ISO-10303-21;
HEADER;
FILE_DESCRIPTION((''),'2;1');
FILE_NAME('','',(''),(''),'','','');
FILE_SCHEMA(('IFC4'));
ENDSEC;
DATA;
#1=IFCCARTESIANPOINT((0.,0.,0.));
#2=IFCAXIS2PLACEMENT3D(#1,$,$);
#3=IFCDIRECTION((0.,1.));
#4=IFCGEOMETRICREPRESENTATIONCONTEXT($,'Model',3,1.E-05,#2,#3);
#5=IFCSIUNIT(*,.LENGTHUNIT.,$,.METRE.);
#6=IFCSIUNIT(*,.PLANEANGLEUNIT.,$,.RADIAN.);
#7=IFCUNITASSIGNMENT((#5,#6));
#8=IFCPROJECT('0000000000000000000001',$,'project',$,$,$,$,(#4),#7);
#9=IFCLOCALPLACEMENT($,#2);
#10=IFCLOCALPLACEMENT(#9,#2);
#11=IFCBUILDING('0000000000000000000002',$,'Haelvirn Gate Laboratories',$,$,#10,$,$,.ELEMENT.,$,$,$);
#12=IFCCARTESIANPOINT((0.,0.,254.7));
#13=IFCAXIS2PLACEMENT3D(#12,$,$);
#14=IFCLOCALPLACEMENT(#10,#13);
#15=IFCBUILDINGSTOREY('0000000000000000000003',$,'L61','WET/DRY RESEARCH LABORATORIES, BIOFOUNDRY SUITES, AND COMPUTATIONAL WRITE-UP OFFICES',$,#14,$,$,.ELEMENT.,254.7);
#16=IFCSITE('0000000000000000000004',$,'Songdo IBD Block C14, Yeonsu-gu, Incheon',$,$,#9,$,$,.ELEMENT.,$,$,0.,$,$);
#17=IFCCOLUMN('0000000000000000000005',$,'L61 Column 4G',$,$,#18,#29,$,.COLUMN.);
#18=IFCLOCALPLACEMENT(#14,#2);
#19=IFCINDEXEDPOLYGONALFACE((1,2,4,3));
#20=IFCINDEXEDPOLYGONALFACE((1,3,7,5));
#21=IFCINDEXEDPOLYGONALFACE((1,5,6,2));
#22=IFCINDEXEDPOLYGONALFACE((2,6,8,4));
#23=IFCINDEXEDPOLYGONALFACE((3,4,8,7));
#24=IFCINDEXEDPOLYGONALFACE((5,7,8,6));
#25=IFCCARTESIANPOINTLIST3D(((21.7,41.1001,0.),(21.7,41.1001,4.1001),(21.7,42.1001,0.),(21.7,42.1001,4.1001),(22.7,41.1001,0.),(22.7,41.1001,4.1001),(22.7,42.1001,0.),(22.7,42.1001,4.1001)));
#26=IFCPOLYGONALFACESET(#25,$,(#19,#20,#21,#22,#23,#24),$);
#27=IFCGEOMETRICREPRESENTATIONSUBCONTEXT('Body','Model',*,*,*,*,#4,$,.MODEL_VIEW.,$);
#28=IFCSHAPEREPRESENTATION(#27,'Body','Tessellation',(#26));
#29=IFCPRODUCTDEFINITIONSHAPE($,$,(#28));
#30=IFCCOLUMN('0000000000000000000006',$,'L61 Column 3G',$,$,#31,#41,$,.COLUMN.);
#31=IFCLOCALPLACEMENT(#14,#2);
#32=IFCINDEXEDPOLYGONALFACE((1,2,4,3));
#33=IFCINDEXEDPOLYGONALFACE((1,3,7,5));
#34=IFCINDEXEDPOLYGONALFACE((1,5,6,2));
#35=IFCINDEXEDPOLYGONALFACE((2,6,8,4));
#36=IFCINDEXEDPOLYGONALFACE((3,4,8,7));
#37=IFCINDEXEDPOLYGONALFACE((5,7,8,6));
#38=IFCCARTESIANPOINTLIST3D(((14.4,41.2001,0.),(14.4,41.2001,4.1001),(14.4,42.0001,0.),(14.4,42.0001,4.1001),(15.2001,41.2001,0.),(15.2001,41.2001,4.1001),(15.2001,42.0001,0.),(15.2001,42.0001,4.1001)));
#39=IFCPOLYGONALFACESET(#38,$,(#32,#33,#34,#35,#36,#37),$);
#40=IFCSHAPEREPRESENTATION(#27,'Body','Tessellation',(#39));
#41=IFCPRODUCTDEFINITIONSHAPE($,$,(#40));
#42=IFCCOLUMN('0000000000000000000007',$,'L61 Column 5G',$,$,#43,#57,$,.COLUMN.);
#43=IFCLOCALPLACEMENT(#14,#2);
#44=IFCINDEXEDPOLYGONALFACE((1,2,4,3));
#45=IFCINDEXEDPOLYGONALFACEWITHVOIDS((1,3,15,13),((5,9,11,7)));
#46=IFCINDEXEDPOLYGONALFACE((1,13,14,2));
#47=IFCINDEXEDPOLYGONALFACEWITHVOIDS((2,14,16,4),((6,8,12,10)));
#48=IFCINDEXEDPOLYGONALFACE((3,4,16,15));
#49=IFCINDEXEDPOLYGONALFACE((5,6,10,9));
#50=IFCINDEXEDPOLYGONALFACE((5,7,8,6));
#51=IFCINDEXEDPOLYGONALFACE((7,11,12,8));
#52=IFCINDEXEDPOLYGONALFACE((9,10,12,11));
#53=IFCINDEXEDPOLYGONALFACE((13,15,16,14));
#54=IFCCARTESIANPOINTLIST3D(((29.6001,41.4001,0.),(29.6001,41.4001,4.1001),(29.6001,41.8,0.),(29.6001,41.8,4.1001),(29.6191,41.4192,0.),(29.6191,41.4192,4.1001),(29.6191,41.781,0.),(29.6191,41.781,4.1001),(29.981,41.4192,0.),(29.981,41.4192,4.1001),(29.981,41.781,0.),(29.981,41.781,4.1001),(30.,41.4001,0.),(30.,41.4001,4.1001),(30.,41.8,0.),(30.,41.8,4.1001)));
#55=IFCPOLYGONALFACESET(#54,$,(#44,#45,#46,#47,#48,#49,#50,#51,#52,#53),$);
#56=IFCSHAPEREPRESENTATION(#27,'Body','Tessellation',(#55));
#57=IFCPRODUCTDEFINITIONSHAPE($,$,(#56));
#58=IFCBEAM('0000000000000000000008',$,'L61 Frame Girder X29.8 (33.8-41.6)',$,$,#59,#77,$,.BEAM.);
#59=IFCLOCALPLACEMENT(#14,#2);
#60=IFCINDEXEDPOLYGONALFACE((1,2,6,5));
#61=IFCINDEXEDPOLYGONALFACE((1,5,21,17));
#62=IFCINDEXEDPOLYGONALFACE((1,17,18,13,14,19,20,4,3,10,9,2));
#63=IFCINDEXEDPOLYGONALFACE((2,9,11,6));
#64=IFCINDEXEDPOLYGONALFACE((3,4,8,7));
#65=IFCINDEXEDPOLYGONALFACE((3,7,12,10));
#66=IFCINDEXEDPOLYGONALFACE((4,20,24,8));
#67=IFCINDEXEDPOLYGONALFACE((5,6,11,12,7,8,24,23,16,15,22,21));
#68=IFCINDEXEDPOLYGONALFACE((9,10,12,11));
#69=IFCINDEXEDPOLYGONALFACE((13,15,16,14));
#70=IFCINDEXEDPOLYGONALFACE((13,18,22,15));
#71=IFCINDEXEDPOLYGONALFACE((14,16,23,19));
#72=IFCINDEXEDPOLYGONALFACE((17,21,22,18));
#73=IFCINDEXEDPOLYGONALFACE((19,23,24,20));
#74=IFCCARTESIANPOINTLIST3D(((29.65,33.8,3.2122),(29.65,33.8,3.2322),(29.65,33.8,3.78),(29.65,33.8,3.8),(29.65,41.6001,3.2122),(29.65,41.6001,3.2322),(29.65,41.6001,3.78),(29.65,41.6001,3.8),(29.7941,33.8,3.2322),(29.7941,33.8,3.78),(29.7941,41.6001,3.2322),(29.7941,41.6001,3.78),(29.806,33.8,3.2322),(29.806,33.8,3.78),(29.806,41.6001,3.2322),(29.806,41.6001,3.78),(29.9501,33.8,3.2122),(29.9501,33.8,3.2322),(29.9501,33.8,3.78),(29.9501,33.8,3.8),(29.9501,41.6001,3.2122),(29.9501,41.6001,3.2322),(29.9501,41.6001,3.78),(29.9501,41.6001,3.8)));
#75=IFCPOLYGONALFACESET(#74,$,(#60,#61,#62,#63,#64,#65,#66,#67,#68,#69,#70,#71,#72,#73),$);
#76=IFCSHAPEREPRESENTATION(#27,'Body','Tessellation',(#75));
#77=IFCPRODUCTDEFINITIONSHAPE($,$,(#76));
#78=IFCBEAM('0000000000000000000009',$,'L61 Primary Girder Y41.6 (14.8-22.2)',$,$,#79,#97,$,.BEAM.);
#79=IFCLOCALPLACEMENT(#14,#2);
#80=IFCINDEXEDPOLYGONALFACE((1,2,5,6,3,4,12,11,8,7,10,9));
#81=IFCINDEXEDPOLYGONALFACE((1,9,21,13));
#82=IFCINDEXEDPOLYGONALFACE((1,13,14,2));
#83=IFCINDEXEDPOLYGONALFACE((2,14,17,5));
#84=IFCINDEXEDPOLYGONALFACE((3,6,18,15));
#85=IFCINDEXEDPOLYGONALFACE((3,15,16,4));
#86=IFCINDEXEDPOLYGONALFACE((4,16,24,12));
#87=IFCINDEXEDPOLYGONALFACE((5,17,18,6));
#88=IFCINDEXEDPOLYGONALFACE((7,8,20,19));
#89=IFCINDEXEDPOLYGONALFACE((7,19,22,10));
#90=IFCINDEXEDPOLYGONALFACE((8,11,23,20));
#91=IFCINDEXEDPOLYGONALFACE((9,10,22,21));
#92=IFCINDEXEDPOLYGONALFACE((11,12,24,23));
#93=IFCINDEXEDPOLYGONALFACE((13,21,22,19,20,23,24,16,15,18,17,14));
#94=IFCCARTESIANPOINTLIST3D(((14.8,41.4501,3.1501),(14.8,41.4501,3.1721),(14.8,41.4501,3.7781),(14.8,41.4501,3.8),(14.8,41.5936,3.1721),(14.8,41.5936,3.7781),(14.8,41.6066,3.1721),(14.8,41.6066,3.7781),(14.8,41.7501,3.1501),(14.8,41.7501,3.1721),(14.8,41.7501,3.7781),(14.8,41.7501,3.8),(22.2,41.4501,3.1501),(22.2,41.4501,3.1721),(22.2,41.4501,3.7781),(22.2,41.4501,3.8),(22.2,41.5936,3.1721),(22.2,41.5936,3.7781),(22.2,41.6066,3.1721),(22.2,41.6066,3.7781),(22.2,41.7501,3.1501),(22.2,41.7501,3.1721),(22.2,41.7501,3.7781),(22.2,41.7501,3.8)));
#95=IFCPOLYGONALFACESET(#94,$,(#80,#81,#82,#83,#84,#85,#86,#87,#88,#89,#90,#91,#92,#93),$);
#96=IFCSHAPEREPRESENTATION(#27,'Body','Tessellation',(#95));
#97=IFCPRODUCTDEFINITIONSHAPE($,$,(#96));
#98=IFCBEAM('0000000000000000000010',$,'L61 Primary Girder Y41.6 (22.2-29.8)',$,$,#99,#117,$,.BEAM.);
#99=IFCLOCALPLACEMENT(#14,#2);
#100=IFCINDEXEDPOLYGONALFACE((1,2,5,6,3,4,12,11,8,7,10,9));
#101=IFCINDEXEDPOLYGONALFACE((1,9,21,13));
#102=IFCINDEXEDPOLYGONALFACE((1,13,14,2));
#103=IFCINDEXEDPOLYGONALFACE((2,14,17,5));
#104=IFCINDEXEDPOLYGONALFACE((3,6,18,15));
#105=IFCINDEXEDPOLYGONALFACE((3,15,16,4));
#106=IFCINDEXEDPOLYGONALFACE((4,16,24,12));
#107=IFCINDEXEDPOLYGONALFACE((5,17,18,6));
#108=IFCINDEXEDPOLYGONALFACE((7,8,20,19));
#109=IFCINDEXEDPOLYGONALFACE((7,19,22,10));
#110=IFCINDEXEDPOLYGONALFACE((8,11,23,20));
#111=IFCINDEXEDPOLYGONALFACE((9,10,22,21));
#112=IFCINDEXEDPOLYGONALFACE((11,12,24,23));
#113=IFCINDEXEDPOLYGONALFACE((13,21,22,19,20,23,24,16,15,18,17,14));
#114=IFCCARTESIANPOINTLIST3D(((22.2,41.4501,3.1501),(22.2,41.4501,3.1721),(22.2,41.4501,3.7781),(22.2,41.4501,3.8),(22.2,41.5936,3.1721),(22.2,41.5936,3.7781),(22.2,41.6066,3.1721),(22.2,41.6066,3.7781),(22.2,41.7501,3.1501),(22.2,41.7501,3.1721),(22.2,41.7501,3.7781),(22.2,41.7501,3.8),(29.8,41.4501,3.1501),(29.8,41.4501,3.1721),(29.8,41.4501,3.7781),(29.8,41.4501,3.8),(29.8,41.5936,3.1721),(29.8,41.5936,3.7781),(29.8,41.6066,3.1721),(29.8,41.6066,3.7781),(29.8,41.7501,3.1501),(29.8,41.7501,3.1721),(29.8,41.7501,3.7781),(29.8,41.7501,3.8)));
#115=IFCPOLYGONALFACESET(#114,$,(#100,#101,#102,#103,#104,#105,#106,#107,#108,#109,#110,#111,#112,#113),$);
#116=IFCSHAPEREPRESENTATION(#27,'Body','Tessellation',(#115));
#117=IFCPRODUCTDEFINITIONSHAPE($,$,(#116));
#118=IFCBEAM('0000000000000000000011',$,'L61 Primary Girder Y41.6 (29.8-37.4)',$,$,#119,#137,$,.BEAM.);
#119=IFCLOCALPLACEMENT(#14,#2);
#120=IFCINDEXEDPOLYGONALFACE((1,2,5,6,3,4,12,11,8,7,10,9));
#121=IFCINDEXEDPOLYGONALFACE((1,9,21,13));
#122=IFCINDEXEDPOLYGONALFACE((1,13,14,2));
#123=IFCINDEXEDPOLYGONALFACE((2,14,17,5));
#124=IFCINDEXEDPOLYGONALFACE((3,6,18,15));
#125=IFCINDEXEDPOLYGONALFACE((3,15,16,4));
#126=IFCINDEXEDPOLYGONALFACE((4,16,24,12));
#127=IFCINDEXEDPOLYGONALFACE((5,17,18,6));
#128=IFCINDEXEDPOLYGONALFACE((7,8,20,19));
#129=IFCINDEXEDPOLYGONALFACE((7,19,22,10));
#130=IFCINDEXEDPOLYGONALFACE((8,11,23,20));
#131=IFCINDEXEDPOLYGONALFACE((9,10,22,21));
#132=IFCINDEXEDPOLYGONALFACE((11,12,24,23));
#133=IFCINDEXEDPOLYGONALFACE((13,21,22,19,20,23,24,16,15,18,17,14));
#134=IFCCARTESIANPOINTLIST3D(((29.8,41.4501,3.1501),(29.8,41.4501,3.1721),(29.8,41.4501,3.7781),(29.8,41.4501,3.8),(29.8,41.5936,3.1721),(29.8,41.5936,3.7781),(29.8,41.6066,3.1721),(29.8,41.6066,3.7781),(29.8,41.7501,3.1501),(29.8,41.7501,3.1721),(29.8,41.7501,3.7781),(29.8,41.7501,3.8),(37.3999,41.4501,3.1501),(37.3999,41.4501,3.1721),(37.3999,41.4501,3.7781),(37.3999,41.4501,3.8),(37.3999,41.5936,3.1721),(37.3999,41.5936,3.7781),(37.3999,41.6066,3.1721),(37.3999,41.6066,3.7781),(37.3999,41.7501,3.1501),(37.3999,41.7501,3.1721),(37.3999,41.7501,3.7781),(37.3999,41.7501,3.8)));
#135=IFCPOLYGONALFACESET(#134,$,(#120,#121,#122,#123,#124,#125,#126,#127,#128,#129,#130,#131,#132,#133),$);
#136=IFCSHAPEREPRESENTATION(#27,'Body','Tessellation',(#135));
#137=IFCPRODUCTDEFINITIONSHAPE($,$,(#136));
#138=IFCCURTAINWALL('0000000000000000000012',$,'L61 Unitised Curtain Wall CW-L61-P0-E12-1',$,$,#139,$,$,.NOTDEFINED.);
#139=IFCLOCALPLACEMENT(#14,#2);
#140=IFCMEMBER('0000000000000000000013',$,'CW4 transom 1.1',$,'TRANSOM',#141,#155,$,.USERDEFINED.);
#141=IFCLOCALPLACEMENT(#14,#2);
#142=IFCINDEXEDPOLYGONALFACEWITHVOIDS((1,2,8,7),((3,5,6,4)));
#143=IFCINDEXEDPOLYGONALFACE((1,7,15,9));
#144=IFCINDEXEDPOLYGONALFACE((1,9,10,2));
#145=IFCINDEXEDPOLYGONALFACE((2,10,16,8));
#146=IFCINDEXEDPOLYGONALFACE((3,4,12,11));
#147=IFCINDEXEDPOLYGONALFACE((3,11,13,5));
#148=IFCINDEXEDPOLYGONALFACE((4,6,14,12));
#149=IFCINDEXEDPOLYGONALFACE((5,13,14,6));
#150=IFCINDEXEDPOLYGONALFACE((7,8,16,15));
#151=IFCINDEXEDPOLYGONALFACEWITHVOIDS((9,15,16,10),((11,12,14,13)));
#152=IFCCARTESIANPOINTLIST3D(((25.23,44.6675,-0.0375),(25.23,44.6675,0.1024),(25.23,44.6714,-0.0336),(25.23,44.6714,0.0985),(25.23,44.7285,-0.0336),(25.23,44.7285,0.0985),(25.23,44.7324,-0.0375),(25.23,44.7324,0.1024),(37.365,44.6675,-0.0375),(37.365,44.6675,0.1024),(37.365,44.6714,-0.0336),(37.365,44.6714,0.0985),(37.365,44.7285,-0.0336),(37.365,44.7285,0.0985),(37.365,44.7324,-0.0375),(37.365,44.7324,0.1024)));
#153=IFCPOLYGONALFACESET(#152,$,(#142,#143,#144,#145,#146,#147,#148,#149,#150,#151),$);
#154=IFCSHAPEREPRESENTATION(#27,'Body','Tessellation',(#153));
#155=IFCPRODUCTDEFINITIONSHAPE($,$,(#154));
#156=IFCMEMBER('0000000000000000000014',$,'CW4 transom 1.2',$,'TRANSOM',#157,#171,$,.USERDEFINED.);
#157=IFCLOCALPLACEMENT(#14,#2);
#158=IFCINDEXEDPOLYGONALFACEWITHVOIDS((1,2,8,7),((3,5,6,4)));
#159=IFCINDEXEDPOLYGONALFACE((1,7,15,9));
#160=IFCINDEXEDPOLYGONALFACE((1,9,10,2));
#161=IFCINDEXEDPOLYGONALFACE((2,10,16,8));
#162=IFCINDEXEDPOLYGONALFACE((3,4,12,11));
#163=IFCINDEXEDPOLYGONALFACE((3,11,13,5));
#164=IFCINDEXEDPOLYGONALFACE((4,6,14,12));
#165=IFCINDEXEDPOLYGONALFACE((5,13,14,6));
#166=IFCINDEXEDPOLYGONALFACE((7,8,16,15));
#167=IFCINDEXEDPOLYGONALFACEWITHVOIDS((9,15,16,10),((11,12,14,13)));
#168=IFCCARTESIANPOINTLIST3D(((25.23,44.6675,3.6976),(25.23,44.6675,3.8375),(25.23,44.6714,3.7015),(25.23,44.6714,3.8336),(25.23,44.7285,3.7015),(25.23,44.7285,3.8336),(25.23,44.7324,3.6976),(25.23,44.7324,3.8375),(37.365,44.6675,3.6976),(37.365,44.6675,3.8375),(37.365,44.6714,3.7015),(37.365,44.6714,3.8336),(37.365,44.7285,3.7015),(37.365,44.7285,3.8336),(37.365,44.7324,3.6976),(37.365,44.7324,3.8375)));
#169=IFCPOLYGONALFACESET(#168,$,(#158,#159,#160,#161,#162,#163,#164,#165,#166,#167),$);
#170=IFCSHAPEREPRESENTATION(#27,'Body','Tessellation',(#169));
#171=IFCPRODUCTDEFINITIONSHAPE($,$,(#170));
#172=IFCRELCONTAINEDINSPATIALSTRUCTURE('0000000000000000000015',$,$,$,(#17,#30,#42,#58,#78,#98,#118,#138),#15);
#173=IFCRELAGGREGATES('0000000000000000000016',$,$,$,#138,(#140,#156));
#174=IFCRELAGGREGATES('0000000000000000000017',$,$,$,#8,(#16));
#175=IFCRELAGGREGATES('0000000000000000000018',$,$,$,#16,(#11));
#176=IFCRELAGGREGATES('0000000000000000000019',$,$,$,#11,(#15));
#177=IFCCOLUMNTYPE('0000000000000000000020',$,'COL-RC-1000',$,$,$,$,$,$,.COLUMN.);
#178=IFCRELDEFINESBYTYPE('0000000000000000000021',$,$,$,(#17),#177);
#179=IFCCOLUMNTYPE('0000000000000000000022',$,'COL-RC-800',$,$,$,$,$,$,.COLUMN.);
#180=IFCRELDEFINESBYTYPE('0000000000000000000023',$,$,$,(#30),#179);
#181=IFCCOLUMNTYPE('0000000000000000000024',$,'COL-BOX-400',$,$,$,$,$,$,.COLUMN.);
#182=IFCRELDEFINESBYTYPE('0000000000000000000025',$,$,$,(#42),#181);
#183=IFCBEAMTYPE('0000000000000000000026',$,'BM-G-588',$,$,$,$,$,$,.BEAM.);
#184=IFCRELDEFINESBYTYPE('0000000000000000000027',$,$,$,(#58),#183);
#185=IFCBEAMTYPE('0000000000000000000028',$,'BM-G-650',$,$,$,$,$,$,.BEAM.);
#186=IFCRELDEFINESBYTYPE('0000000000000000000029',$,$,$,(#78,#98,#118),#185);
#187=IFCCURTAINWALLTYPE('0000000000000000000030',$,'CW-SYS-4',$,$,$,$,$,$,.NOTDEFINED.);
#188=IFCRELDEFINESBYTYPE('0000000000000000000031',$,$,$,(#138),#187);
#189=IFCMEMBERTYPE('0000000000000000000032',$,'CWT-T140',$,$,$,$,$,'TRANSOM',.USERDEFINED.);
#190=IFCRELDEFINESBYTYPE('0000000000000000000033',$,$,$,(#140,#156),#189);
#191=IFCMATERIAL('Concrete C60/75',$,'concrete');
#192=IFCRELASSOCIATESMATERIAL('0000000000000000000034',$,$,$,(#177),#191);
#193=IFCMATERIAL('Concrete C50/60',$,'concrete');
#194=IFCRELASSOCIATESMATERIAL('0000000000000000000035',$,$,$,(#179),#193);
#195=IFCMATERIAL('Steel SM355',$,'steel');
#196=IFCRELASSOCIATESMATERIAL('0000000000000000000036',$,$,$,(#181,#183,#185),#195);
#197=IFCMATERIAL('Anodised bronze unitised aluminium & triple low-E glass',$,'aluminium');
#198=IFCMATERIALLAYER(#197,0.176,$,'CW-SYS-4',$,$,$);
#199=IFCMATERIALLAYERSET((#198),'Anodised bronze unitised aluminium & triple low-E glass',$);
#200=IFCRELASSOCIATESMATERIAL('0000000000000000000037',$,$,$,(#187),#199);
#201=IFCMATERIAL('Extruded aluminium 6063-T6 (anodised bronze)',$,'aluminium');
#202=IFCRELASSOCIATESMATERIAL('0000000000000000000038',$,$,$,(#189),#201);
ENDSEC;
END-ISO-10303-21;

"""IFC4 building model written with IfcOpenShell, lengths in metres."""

from ifc_helpers import new_model, si_unit, direction, frame, origin, origin_2d, place, context, subcontext, project, spatial, rectangle, hollow_rectangle, i_section, extrude, source, transform, mapped, material, layer, layer_set, material_profile, profile_set, type_object, type_shapes, element, aggregate, save


model = new_model("IFC4")

# Units and contexts
model_context = context("Model", 3, precision=1e-05, world=origin(), true_north=direction((0.0, 1.0)))
body_context = subcontext(model_context, "Body", "Model", "MODEL_VIEW")
ifc_project = project(units=[si_unit("LENGTHUNIT", "METRE"), si_unit("PLANEANGLEUNIT", "RADIAN")], contexts=[model_context])

# Site, building, storey
site_placement = place(None, origin())
site = spatial("IfcSite", under=ifc_project, at=site_placement, Name="Songdo IBD Block C14, Yeonsu-gu, Incheon", CompositionType="ELEMENT", RefElevation=0.0)
building_placement = place(site_placement, origin())
building = spatial("IfcBuilding", under=site, at=building_placement, Name="Haelvirn Gate Laboratories", CompositionType="ELEMENT")
storey_placement = place(building_placement, frame((0.0, 0.0, 254.7)))
storey = spatial("IfcBuildingStorey", under=building, at=storey_placement, Name="L61", Description="WET/DRY RESEARCH LABORATORIES, BIOFOUNDRY SUITES, AND COMPUTATIONAL WRITE-UP OFFICES", CompositionType="ELEMENT", Elevation=254.7)

# Columns
ifc_material_1 = material(Name="Concrete C60/75", Category="concrete")
ifc_material_profile_1 = material_profile(ifc_material_1, rectangle(XDim=1.0, YDim=1.0, at=origin_2d()), Name="RC-1000x1000")
ifc_profile_set_1 = profile_set([ifc_material_profile_1], Name="Concrete C60/75")
column_type_1 = type_object("IfcColumnType", Name="COL-RC-1000", PredefinedType="COLUMN", material=ifc_profile_set_1)
shared_shape_1 = source(origin(), body_context, "Body", "SweptSolid", [
    extrude(rectangle(XDim=1.0, YDim=1.0, at=origin_2d()), origin(), (0.0, 0.0, 1.0), 4.1001),
])
type_shapes(column_type_1, [shared_shape_1])
column_1_placement = place(storey_placement, frame((22.2, 41.6001, 0.0), z_axis=(0.0, 0.0, 1.0), x_axis=(1.0, 0.0, 0.0)))
element("IfcColumn", 1, at=column_1_placement, inside=storey, type_object=column_type_1, Name="L61 Column 4G", PredefinedType="COLUMN", context=body_context, shape_type="MappedRepresentation", body=[
    mapped(shared_shape_1, transform((0.0, 0.0, 0.0), scale=1.0)),
])
ifc_material_2 = material(Name="Concrete C50/60", Category="concrete")
ifc_material_profile_2 = material_profile(ifc_material_2, rectangle(XDim=0.8, YDim=0.8, at=origin_2d()), Name="RC-800x800")
ifc_profile_set_2 = profile_set([ifc_material_profile_2], Name="Concrete C50/60")
column_type_2 = type_object("IfcColumnType", Name="COL-RC-800", PredefinedType="COLUMN", material=ifc_profile_set_2)
shared_shape_2 = source(origin(), body_context, "Body", "SweptSolid", [
    extrude(rectangle(XDim=0.8, YDim=0.8, at=origin_2d()), origin(), (0.0, 0.0, 1.0), 4.1001),
])
type_shapes(column_type_2, [shared_shape_2])
column_2_placement = place(storey_placement, frame((14.8, 41.6001, 0.0), z_axis=(0.0, 0.0, 1.0), x_axis=(1.0, 0.0, 0.0)))
element("IfcColumn", 2, at=column_2_placement, inside=storey, type_object=column_type_2, Name="L61 Column 3G", PredefinedType="COLUMN", context=body_context, shape_type="MappedRepresentation", body=[
    mapped(shared_shape_2, transform((0.0, 0.0, 0.0), scale=1.0)),
])
ifc_material_3 = material(Name="Steel SM355", Category="steel")
ifc_material_profile_3 = material_profile(ifc_material_3, hollow_rectangle(XDim=0.3999, YDim=0.3999, WallThickness=0.019, at=origin_2d()), Name="BOX-400x400x19")
ifc_profile_set_3 = profile_set([ifc_material_profile_3], Name="Steel SM355")
column_type_3 = type_object("IfcColumnType", Name="COL-BOX-400", PredefinedType="COLUMN", material=ifc_profile_set_3)
shared_shape_3 = source(origin(), body_context, "Body", "SweptSolid", [
    extrude(hollow_rectangle(XDim=0.3999, YDim=0.3999, WallThickness=0.019, at=origin_2d()), origin(), (0.0, 0.0, 1.0), 4.1001),
])
type_shapes(column_type_3, [shared_shape_3])
column_3_placement = place(storey_placement, frame((29.8, 41.6001, 0.0), z_axis=(0.0, 0.0, 1.0), x_axis=(1.0, 0.0, 0.0)))
element("IfcColumn", 3, at=column_3_placement, inside=storey, type_object=column_type_3, Name="L61 Column 5G", PredefinedType="COLUMN", context=body_context, shape_type="MappedRepresentation", body=[
    mapped(shared_shape_3, transform((0.0, 0.0, 0.0), scale=1.0)),
])

# Beams
ifc_material_profile_4 = material_profile(ifc_material_3, i_section(OverallWidth=0.3, OverallDepth=0.5879, WebThickness=0.012, FlangeThickness=0.02, at=origin_2d()), Name="H-588x300x12x20")
ifc_profile_set_4 = profile_set([ifc_material_profile_4], Name="Steel SM355")
beam_type_1 = type_object("IfcBeamType", Name="BM-G-588", PredefinedType="BEAM", material=ifc_profile_set_4)
shared_shape_4 = source(origin(), body_context, "Body", "SweptSolid", [
    extrude(i_section(OverallWidth=0.3, OverallDepth=0.5879, WebThickness=0.012, FlangeThickness=0.02, at=origin_2d()), origin(), (0.0, 0.0, 1.0), 7.8),
])
type_shapes(beam_type_1, [shared_shape_4])
beam_1_placement = place(storey_placement, frame((29.8, 33.8, 3.5061), z_axis=(0.0, 1.0, 0.0), x_axis=(-1.0, 0.0, 0.0)))
element("IfcBeam", 4, at=beam_1_placement, inside=storey, type_object=beam_type_1, Name="L61 Frame Girder X29.8 (33.8-41.6)", PredefinedType="BEAM", context=body_context, shape_type="MappedRepresentation", body=[
    mapped(shared_shape_4, transform((0.0, 0.0, 0.0), scale=1.0)),
])
ifc_material_profile_5 = material_profile(ifc_material_3, i_section(OverallWidth=0.3, OverallDepth=0.6499, WebThickness=0.0129, FlangeThickness=0.022, at=origin_2d()), Name="H-650x300x13x22")
ifc_profile_set_5 = profile_set([ifc_material_profile_5], Name="Steel SM355")
beam_type_2 = type_object("IfcBeamType", Name="BM-G-650", PredefinedType="BEAM", material=ifc_profile_set_5)
shared_shape_5 = source(origin(), body_context, "Body", "SweptSolid", [
    extrude(i_section(OverallWidth=0.3, OverallDepth=0.6499, WebThickness=0.0129, FlangeThickness=0.022, at=origin_2d()), origin(), (0.0, 0.0, 1.0), 7.3999),
])
beam_2_placement = place(storey_placement, frame((14.8, 41.6001, 3.4751), z_axis=(1.0, 0.0, 0.0), x_axis=(0.0, 1.0, 0.0)))
element("IfcBeam", 5, at=beam_2_placement, inside=storey, type_object=beam_type_2, Name="L61 Primary Girder Y41.6 (14.8-22.2)", PredefinedType="BEAM", context=body_context, shape_type="MappedRepresentation", body=[
    mapped(shared_shape_5, transform((0.0, 0.0, 0.0), scale=1.0)),
])
shared_shape_6 = source(origin(), body_context, "Body", "SweptSolid", [
    extrude(i_section(OverallWidth=0.3, OverallDepth=0.6499, WebThickness=0.0129, FlangeThickness=0.022, at=origin_2d()), origin(), (0.0, 0.0, 1.0), 7.6001),
])
beam_3_placement = place(storey_placement, frame((22.2, 41.6001, 3.4751), z_axis=(1.0, 0.0, 0.0), x_axis=(0.0, 1.0, 0.0)))
element("IfcBeam", 6, at=beam_3_placement, inside=storey, type_object=beam_type_2, Name="L61 Primary Girder Y41.6 (22.2-29.8)", PredefinedType="BEAM", context=body_context, shape_type="MappedRepresentation", body=[
    mapped(shared_shape_6, transform((0.0, 0.0, 0.0), scale=1.0)),
])
shared_shape_7 = source(origin(), body_context, "Body", "SweptSolid", [
    extrude(i_section(OverallWidth=0.3, OverallDepth=0.6499, WebThickness=0.0129, FlangeThickness=0.022, at=origin_2d()), origin(), (0.0, 0.0, 1.0), 7.5999),
])
type_shapes(beam_type_2, [shared_shape_5, shared_shape_6, shared_shape_7])
beam_4_placement = place(storey_placement, frame((29.8, 41.6001, 3.4751), z_axis=(1.0, 0.0, 0.0), x_axis=(0.0, 1.0, 0.0)))
element("IfcBeam", 7, at=beam_4_placement, inside=storey, type_object=beam_type_2, Name="L61 Primary Girder Y41.6 (29.8-37.4)", PredefinedType="BEAM", context=body_context, shape_type="MappedRepresentation", body=[
    mapped(shared_shape_7, transform((0.0, 0.0, 0.0), scale=1.0)),
])

# Curtain wall, members
ifc_material_4 = material(Name="Anodised bronze unitised aluminium & triple low-E glass", Category="aluminium")
ifc_layer_1 = layer(ifc_material_4, 0.176, Name="CW-SYS-4")
ifc_layer_set_1 = layer_set([ifc_layer_1], Name="Anodised bronze unitised aluminium & triple low-E glass")
curtain_wall_type = type_object("IfcCurtainWallType", Name="CW-SYS-4", PredefinedType="NOTDEFINED", material=ifc_layer_set_1)
curtain_wall_1_placement = place(storey_placement, origin())
curtain_wall_1 = element("IfcCurtainWall", 8, at=curtain_wall_1_placement, inside=storey, type_object=curtain_wall_type, Name="L61 Unitised Curtain Wall CW-L61-P0-E12-1", PredefinedType="NOTDEFINED")
ifc_material_5 = material(Name="Extruded aluminium 6063-T6 (anodised bronze)", Category="aluminium")
ifc_material_profile_6 = material_profile(ifc_material_5, hollow_rectangle(XDim=0.0649, YDim=0.1399, WallThickness=0.0039, at=origin_2d()), Name="CWT-140x65x4")
ifc_profile_set_6 = profile_set([ifc_material_profile_6], Name="Extruded aluminium 6063-T6 (anodised bronze)")
member_type_1 = type_object("IfcMemberType", Name="CWT-T140", ElementType="TRANSOM", PredefinedType="USERDEFINED", material=ifc_profile_set_6)
shared_shape_8 = source(origin(), body_context, "Body", "SweptSolid", [
    extrude(hollow_rectangle(XDim=0.0649, YDim=0.1399, WallThickness=0.0039, at=origin_2d()), origin(), (0.0, 0.0, 1.0), 12.135),
])
member_1_placement = place(storey_placement, frame((25.23, 44.7, 0.0325), z_axis=(1.0, 0.0, 0.0), x_axis=(0.0, 1.0, 0.0)))
member_1 = element("IfcMember", 9, at=member_1_placement, type_object=member_type_1, Name="CW4 transom 1.1", ObjectType="TRANSOM", PredefinedType="USERDEFINED", context=body_context, shape_type="MappedRepresentation", body=[
    mapped(shared_shape_8, transform((0.0, 0.0, 0.0), scale=1.0)),
])
member_2_placement = place(storey_placement, frame((25.23, 44.7, 3.7676), z_axis=(1.0, 0.0, 0.0), x_axis=(0.0, 1.0, 0.0)))
member_2 = element("IfcMember", 10, at=member_2_placement, type_object=member_type_1, Name="CW4 transom 1.2", ObjectType="TRANSOM", PredefinedType="USERDEFINED", context=body_context, shape_type="MappedRepresentation", body=[
    mapped(shared_shape_8, transform((0.0, 0.0, 0.0), scale=1.0)),
])

aggregate(curtain_wall_1, [member_1, member_2])

save(model, "model.ifc")
